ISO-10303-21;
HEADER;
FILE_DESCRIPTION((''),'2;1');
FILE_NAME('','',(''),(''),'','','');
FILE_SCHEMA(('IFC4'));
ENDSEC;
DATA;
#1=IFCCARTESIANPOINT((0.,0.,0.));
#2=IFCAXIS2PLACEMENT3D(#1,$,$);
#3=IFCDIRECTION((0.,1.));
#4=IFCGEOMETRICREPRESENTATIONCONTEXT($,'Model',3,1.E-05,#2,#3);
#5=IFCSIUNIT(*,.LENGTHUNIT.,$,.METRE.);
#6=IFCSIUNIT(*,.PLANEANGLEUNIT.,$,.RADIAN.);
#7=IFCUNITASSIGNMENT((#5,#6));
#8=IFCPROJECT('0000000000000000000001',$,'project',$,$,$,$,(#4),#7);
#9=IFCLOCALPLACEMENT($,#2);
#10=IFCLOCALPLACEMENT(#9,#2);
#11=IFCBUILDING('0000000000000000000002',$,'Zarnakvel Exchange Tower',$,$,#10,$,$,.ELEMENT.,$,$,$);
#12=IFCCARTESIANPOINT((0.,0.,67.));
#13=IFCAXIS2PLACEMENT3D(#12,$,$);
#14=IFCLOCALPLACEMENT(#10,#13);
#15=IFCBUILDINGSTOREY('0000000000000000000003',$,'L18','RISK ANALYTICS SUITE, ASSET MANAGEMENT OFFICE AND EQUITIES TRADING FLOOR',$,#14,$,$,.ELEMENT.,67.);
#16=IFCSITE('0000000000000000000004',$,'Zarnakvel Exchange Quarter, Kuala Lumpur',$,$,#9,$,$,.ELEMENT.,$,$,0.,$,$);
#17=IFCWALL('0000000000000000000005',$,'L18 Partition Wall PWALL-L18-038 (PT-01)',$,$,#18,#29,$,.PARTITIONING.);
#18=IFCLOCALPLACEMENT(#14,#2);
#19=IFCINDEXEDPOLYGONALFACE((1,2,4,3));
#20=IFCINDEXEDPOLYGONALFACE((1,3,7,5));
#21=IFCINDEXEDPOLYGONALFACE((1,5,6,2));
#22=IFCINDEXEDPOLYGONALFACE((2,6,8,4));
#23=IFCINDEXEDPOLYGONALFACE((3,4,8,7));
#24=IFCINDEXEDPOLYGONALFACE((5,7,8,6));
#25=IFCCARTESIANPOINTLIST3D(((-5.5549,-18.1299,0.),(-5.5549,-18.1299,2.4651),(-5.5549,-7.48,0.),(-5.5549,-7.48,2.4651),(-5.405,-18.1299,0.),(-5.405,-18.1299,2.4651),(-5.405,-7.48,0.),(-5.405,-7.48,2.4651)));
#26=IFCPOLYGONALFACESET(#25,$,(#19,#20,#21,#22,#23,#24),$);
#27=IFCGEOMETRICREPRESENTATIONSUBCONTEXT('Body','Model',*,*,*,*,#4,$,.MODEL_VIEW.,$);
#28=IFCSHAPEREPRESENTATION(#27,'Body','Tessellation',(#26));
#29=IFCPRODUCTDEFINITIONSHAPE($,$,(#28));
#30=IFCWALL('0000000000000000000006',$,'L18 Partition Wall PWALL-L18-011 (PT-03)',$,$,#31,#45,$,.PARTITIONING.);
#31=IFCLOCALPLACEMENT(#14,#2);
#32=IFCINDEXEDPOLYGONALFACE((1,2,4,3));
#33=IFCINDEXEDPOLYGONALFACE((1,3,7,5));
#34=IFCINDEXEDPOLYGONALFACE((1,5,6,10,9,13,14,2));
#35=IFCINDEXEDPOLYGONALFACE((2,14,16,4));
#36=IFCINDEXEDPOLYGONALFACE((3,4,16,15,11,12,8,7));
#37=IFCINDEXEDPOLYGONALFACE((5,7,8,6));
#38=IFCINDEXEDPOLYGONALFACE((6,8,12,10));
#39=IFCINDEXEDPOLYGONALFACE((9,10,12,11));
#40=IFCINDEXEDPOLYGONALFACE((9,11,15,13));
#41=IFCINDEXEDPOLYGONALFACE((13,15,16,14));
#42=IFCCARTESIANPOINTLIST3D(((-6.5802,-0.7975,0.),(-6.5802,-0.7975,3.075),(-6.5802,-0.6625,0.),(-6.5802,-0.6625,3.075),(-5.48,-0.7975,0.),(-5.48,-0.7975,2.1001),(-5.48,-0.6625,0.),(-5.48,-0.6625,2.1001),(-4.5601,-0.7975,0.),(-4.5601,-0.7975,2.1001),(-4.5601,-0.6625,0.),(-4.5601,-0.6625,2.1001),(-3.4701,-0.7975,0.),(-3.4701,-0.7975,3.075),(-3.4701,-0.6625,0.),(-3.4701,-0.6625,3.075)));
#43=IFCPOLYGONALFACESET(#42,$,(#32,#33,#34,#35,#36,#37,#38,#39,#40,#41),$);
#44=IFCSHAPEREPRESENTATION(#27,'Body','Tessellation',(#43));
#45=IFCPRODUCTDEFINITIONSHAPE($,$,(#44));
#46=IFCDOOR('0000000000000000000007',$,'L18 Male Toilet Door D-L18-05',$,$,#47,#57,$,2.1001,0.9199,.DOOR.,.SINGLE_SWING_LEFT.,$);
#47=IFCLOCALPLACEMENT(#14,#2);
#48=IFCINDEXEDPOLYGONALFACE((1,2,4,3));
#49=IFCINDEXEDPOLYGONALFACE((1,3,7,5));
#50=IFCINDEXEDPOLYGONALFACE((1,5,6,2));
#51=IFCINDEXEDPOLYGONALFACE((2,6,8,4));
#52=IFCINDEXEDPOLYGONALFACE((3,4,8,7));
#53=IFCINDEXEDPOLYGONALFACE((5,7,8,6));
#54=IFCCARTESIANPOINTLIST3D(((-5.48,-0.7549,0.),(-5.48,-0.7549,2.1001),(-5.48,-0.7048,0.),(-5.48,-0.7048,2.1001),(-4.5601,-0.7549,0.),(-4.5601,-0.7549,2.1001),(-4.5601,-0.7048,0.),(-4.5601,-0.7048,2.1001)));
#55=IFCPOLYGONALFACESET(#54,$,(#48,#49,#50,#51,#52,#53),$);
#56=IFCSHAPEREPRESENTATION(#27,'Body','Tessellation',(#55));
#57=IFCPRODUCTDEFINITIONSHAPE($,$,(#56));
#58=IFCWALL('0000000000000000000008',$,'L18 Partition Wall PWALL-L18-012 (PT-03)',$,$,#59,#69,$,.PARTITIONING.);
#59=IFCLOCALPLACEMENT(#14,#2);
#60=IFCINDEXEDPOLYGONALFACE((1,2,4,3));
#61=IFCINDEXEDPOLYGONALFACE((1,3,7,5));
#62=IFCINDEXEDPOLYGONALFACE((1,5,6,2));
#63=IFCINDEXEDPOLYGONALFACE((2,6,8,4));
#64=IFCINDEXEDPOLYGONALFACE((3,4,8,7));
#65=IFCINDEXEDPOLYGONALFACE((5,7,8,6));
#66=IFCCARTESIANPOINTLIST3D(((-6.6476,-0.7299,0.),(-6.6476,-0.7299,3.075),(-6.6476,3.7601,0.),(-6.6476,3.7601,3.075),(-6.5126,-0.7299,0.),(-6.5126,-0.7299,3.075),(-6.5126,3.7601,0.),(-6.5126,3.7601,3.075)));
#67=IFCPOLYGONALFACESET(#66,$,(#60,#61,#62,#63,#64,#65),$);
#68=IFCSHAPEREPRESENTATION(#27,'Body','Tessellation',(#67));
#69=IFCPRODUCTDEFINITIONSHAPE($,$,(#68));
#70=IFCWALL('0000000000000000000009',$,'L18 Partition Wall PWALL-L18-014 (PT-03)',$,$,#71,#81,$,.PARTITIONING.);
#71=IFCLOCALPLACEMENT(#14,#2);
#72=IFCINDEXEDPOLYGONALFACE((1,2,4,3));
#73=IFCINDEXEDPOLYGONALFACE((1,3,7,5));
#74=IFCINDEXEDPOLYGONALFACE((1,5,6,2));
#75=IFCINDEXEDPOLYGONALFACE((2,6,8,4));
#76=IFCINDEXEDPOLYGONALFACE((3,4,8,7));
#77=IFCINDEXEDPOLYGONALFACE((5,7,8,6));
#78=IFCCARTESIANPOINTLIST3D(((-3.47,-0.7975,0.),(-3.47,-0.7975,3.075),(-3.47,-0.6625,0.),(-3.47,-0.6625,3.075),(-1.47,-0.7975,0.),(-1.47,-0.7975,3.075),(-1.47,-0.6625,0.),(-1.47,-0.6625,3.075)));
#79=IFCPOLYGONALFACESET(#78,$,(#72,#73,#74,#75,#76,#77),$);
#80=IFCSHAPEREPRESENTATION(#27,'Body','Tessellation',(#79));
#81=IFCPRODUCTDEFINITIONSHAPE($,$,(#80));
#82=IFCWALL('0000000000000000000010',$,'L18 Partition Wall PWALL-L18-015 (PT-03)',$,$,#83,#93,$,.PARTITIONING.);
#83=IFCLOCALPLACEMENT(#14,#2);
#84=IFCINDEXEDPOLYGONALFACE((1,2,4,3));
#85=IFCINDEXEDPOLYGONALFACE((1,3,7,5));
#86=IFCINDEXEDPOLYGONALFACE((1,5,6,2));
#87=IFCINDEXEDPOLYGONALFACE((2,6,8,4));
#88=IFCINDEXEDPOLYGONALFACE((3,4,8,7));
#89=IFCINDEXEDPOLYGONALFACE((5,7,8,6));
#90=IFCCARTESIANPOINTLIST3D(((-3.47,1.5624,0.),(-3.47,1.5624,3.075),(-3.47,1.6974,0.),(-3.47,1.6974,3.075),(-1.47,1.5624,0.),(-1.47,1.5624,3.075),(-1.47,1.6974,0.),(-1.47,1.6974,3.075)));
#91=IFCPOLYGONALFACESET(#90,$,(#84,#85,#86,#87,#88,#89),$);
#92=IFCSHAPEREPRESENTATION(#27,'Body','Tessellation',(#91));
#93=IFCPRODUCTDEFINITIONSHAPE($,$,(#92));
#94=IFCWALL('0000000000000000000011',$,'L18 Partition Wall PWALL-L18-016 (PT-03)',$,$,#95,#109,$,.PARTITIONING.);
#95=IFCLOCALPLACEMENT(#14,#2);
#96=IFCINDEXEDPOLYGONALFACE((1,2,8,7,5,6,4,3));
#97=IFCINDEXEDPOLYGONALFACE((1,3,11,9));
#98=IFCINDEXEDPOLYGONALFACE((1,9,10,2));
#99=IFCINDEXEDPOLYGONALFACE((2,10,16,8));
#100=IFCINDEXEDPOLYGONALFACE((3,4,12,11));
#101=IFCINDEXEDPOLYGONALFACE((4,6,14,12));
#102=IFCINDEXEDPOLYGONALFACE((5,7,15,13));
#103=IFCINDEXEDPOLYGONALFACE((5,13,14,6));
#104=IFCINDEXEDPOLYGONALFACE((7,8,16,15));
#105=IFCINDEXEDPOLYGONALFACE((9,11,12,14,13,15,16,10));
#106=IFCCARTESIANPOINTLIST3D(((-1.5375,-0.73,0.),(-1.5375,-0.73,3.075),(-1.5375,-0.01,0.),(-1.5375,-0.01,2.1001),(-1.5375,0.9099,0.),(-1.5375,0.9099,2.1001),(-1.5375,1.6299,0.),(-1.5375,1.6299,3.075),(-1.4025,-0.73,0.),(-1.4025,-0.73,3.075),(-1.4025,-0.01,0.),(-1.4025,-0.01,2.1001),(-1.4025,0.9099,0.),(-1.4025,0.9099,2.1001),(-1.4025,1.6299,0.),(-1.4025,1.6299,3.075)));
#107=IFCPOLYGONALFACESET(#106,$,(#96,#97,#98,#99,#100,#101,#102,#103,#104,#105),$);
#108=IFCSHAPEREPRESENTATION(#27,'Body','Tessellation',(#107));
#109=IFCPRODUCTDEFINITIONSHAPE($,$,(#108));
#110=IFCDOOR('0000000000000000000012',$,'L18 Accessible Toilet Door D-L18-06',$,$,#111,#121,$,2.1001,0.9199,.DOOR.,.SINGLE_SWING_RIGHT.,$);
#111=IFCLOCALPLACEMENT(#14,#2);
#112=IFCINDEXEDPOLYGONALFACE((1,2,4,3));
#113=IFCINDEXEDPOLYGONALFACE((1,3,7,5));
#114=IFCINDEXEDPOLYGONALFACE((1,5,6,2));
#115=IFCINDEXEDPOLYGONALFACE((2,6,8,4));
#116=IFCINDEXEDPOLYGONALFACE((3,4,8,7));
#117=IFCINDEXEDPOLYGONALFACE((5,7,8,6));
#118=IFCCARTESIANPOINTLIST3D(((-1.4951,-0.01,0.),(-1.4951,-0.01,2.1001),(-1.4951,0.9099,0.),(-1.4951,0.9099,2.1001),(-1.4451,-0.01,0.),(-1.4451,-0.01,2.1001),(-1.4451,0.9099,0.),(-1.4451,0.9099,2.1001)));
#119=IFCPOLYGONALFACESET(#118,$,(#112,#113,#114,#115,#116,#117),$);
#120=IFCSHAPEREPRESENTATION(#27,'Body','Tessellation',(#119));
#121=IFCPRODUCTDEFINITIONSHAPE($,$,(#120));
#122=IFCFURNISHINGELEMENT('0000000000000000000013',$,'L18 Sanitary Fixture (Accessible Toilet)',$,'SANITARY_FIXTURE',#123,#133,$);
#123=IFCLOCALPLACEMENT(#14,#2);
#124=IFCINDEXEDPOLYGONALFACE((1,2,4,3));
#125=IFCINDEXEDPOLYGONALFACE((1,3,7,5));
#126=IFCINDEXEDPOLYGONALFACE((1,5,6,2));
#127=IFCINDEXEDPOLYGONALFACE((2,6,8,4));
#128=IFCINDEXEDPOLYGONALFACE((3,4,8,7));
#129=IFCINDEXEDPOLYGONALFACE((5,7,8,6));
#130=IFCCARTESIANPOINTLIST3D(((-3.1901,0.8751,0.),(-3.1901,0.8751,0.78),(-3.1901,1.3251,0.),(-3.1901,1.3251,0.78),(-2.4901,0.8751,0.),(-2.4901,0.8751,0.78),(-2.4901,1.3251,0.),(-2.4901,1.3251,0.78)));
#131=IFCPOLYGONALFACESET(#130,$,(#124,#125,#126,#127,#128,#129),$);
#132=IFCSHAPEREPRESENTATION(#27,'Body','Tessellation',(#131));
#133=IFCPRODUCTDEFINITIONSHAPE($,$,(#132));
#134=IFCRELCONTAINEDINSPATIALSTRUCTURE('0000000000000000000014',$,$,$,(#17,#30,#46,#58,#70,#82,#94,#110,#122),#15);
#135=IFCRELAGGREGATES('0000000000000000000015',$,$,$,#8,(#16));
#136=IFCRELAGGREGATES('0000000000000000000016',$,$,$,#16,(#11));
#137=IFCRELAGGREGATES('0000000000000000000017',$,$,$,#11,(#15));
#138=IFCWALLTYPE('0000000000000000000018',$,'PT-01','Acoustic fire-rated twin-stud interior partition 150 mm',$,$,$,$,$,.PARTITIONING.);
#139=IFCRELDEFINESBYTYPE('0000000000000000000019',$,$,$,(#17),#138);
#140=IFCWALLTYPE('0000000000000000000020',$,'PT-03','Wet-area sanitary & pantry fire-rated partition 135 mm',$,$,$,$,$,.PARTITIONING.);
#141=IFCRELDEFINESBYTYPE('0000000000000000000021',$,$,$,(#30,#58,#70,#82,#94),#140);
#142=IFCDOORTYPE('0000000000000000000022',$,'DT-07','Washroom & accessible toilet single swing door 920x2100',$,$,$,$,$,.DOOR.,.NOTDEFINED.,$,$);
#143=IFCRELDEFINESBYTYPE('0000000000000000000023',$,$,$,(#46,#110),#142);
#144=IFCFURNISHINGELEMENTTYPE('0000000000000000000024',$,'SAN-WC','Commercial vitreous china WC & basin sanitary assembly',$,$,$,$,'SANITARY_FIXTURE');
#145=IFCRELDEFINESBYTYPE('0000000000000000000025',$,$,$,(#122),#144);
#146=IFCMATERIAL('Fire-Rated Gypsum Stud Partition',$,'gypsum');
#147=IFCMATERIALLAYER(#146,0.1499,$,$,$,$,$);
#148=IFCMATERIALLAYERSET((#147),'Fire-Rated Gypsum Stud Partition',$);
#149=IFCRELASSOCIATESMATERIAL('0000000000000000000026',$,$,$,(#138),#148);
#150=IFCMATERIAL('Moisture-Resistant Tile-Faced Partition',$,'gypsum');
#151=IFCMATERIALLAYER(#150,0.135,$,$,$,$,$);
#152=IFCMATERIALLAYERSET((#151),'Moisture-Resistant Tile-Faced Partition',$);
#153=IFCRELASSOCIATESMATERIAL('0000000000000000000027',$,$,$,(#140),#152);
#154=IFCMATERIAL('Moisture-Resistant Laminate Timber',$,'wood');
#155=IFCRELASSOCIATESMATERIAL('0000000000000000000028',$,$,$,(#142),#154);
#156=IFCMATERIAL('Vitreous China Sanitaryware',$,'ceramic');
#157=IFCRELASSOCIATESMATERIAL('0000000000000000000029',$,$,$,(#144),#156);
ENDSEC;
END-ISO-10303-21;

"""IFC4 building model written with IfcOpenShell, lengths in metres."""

from ifc_helpers import new_model, si_unit, direction, frame, frame_2d, origin, origin_2d, place, context, subcontext, project, spatial, rectangle, extrude, source, transform, mapped, material, layer, layer_set, type_object, element, fill, save


model = new_model("IFC4")

# Units and contexts
model_context = context("Model", 3, precision=1e-05, world=origin(), true_north=direction((0.0, 1.0)))
body_context = subcontext(model_context, "Body", "Model", "MODEL_VIEW")
ifc_project = project(units=[si_unit("LENGTHUNIT", "METRE"), si_unit("PLANEANGLEUNIT", "RADIAN")], contexts=[model_context])

# Site, building, storey
site_placement = place(None, origin())
site = spatial("IfcSite", under=ifc_project, at=site_placement, Name="Zarnakvel Exchange Quarter, Kuala Lumpur", CompositionType="ELEMENT", RefElevation=0.0)
building_placement = place(site_placement, origin())
building = spatial("IfcBuilding", under=site, at=building_placement, Name="Zarnakvel Exchange Tower", CompositionType="ELEMENT")
storey_placement = place(building_placement, frame((0.0, 0.0, 67.0)))
storey = spatial("IfcBuildingStorey", under=building, at=storey_placement, Name="L18", Description="RISK ANALYTICS SUITE, ASSET MANAGEMENT OFFICE AND EQUITIES TRADING FLOOR", CompositionType="ELEMENT", Elevation=67.0)

# Wall
ifc_material_1 = material(Name="Fire-Rated Gypsum Stud Partition", Category="gypsum")
ifc_layer_1 = layer(ifc_material_1, 0.1499)
ifc_layer_set_1 = layer_set([ifc_layer_1], Name="Fire-Rated Gypsum Stud Partition")
wall_type_1 = type_object("IfcWallType", Name="PT-01", Description="Acoustic fire-rated twin-stud interior partition 150 mm", PredefinedType="PARTITIONING", material=ifc_layer_set_1)
wall_1_placement = place(storey_placement, frame((-5.48, -7.48, 0.0), z_axis=(0.0, 0.0, 1.0), x_axis=(0.0, -1.0, 0.0)))
element("IfcWall", 1, at=wall_1_placement, inside=storey, type_object=wall_type_1, Name="L18 Partition Wall PWALL-L18-038 (PT-01)", PredefinedType="PARTITIONING", context=body_context, shape_type="SweptSolid", body=[
    extrude(rectangle(XDim=10.6499, YDim=0.1499, at=frame_2d((5.325, 0.0))), origin(), (0.0, 0.0, 1.0), 2.4651),
])

# Wall, opening, door
ifc_material_2 = material(Name="Moisture-Resistant Tile-Faced Partition", Category="gypsum")
ifc_layer_2 = layer(ifc_material_2, 0.135)
ifc_layer_set_2 = layer_set([ifc_layer_2], Name="Moisture-Resistant Tile-Faced Partition")
wall_type_2 = type_object("IfcWallType", Name="PT-03", Description="Wet-area sanitary & pantry fire-rated partition 135 mm", PredefinedType="PARTITIONING", material=ifc_layer_set_2)
wall_2_placement = place(storey_placement, frame((-3.47, -0.73, 0.0), z_axis=(0.0, 0.0, 1.0), x_axis=(-1.0, 0.0, 0.0)))
wall_2 = element("IfcWall", 2, at=wall_2_placement, inside=storey, type_object=wall_type_2, Name="L18 Partition Wall PWALL-L18-011 (PT-03)", PredefinedType="PARTITIONING", context=body_context, shape_type="SweptSolid", body=[
    extrude(rectangle(XDim=3.1101, YDim=0.135, at=frame_2d((1.5552, 0.0))), origin(), (0.0, 0.0, 1.0), 3.075),
])
opening_1_placement = place(wall_2_placement, frame((1.0901, 0.0, 0.0)))
opening_1 = element("IfcOpeningElement", 3, at=opening_1_placement, cuts=wall_2, PredefinedType="OPENING", context=body_context, shape_type="SweptSolid", body=[
    extrude(rectangle(XDim=0.9199, YDim=2.1001, at=frame_2d((0.46, 1.05))), frame((0.0, 0.0774, 0.0), z_axis=(0.0, -1.0, 0.0), x_axis=(1.0, 0.0, 0.0)), (0.0, 0.0, 1.0), 0.155),
])
ifc_material_3 = material(Name="Moisture-Resistant Laminate Timber", Category="wood")
door_type_1 = type_object("IfcDoorType", Name="DT-07", Description="Washroom & accessible toilet single swing door 920x2100", OperationType="NOTDEFINED", PredefinedType="DOOR", material=ifc_material_3)
shared_shape_1 = source(origin(), body_context, "Body", "SweptSolid", [
    extrude(rectangle(XDim=0.9199, YDim=2.1001, at=frame_2d((0.46, 1.05))), frame((0.0, 0.0249, 0.0), z_axis=(0.0, -1.0, 0.0), x_axis=(1.0, 0.0, 0.0)), (0.0, 0.0, 1.0), 0.05),
])
door_1_placement = place(opening_1_placement, origin())
door_1 = element("IfcDoor", 4, at=door_1_placement, inside=storey, type_object=door_type_1, Name="L18 Male Toilet Door D-L18-05", OperationType="SINGLE_SWING_LEFT", OverallHeight=2.1001, OverallWidth=0.9199, PredefinedType="DOOR", context=body_context, shape_type="MappedRepresentation", body=[
    mapped(shared_shape_1, transform((0.0, 0.0, 0.0), x_axis=(1.0, 0.0, 0.0), y_axis=(0.0, 1.0, 0.0), z_axis=(0.0, 0.0, 1.0), scale=1.0)),
])
fill(opening_1, door_1)

# Walls
wall_3_placement = place(storey_placement, frame((-6.5801, -0.73, 0.0), z_axis=(0.0, 0.0, 1.0), x_axis=(0.0, 1.0, 0.0)))
element("IfcWall", 5, at=wall_3_placement, inside=storey, type_object=wall_type_2, Name="L18 Partition Wall PWALL-L18-012 (PT-03)", PredefinedType="PARTITIONING", context=body_context, shape_type="SweptSolid", body=[
    extrude(rectangle(XDim=4.49, YDim=0.135, at=frame_2d((2.2451, 0.0))), origin(), (0.0, 0.0, 1.0), 3.075),
])
for number, where, z_axis, x_axis, name in (
    (6, (-1.47, -0.73, 0.0), (0.0, 0.0, 1.0), (-1.0, 0.0, 0.0), "L18 Partition Wall PWALL-L18-014 (PT-03)"),
    (7, (-3.47, 1.6299, 0.0), (0.0, 0.0, 1.0), (1.0, 0.0, 0.0), "L18 Partition Wall PWALL-L18-015 (PT-03)"),
):
    element("IfcWall", number, at=place(storey_placement, frame(where, z_axis=z_axis, x_axis=x_axis)), inside=storey, type_object=wall_type_2, Name=name, PredefinedType="PARTITIONING", context=body_context, shape_type="SweptSolid", body=[
        extrude(rectangle(XDim=2.0, YDim=0.135, at=frame_2d((1.0, 0.0))), origin(), (0.0, 0.0, 1.0), 3.075),
    ])

# Wall, opening, door
wall_4_placement = place(storey_placement, frame((-1.47, 1.6299, 0.0), z_axis=(0.0, 0.0, 1.0), x_axis=(0.0, -1.0, 0.0)))
wall_4 = element("IfcWall", 8, at=wall_4_placement, inside=storey, type_object=wall_type_2, Name="L18 Partition Wall PWALL-L18-016 (PT-03)", PredefinedType="PARTITIONING", context=body_context, shape_type="SweptSolid", body=[
    extrude(rectangle(XDim=2.3599, YDim=0.135, at=frame_2d((1.1799, 0.0))), origin(), (0.0, 0.0, 1.0), 3.075),
])
opening_2_placement = place(wall_4_placement, frame((0.72, 0.0, 0.0)))
opening_2 = element("IfcOpeningElement", 9, at=opening_2_placement, cuts=wall_4, PredefinedType="OPENING", context=body_context, shape_type="SweptSolid", body=[
    extrude(rectangle(XDim=0.9199, YDim=2.1001, at=frame_2d((0.46, 1.05))), frame((0.0, 0.0774, 0.0), z_axis=(0.0, -1.0, 0.0), x_axis=(1.0, 0.0, 0.0)), (0.0, 0.0, 1.0), 0.155),
])
door_2_placement = place(opening_2_placement, origin())
door_2 = element("IfcDoor", 10, at=door_2_placement, inside=storey, type_object=door_type_1, Name="L18 Accessible Toilet Door D-L18-06", OperationType="SINGLE_SWING_RIGHT", OverallHeight=2.1001, OverallWidth=0.9199, PredefinedType="DOOR", context=body_context, shape_type="MappedRepresentation", body=[
    mapped(shared_shape_1, transform((0.0, 0.0, 0.0), x_axis=(1.0, 0.0, 0.0), y_axis=(0.0, 1.0, 0.0), z_axis=(0.0, 0.0, 1.0), scale=1.0)),
])
fill(opening_2, door_2)

# Furnishing element
ifc_material_4 = material(Name="Vitreous China Sanitaryware", Category="ceramic")
furnishing_element_type = type_object("IfcFurnishingElementType", Name="SAN-WC", Description="Commercial vitreous china WC & basin sanitary assembly", ElementType="SANITARY_FIXTURE", material=ifc_material_4)
shared_shape_2 = source(origin(), body_context, "Body", "SweptSolid", [
    extrude(rectangle(XDim=0.7, YDim=0.45, at=origin_2d()), origin(), (0.0, 0.0, 1.0), 0.78),
])
furnishing_placement = place(storey_placement, frame((-2.8401, 1.1001, 0.0), z_axis=(0.0, 0.0, 1.0), x_axis=(1.0, 0.0, 0.0)))
element("IfcFurnishingElement", 11, at=furnishing_placement, inside=storey, type_object=furnishing_element_type, Name="L18 Sanitary Fixture (Accessible Toilet)", ObjectType="SANITARY_FIXTURE", context=body_context, shape_type="MappedRepresentation", body=[
    mapped(shared_shape_2, transform((0.0, 0.0, 0.0), x_axis=(1.0, 0.0, 0.0), y_axis=(0.0, 1.0, 0.0), z_axis=(0.0, 0.0, 1.0), scale=1.0)),
])

save(model, "model.ifc")
